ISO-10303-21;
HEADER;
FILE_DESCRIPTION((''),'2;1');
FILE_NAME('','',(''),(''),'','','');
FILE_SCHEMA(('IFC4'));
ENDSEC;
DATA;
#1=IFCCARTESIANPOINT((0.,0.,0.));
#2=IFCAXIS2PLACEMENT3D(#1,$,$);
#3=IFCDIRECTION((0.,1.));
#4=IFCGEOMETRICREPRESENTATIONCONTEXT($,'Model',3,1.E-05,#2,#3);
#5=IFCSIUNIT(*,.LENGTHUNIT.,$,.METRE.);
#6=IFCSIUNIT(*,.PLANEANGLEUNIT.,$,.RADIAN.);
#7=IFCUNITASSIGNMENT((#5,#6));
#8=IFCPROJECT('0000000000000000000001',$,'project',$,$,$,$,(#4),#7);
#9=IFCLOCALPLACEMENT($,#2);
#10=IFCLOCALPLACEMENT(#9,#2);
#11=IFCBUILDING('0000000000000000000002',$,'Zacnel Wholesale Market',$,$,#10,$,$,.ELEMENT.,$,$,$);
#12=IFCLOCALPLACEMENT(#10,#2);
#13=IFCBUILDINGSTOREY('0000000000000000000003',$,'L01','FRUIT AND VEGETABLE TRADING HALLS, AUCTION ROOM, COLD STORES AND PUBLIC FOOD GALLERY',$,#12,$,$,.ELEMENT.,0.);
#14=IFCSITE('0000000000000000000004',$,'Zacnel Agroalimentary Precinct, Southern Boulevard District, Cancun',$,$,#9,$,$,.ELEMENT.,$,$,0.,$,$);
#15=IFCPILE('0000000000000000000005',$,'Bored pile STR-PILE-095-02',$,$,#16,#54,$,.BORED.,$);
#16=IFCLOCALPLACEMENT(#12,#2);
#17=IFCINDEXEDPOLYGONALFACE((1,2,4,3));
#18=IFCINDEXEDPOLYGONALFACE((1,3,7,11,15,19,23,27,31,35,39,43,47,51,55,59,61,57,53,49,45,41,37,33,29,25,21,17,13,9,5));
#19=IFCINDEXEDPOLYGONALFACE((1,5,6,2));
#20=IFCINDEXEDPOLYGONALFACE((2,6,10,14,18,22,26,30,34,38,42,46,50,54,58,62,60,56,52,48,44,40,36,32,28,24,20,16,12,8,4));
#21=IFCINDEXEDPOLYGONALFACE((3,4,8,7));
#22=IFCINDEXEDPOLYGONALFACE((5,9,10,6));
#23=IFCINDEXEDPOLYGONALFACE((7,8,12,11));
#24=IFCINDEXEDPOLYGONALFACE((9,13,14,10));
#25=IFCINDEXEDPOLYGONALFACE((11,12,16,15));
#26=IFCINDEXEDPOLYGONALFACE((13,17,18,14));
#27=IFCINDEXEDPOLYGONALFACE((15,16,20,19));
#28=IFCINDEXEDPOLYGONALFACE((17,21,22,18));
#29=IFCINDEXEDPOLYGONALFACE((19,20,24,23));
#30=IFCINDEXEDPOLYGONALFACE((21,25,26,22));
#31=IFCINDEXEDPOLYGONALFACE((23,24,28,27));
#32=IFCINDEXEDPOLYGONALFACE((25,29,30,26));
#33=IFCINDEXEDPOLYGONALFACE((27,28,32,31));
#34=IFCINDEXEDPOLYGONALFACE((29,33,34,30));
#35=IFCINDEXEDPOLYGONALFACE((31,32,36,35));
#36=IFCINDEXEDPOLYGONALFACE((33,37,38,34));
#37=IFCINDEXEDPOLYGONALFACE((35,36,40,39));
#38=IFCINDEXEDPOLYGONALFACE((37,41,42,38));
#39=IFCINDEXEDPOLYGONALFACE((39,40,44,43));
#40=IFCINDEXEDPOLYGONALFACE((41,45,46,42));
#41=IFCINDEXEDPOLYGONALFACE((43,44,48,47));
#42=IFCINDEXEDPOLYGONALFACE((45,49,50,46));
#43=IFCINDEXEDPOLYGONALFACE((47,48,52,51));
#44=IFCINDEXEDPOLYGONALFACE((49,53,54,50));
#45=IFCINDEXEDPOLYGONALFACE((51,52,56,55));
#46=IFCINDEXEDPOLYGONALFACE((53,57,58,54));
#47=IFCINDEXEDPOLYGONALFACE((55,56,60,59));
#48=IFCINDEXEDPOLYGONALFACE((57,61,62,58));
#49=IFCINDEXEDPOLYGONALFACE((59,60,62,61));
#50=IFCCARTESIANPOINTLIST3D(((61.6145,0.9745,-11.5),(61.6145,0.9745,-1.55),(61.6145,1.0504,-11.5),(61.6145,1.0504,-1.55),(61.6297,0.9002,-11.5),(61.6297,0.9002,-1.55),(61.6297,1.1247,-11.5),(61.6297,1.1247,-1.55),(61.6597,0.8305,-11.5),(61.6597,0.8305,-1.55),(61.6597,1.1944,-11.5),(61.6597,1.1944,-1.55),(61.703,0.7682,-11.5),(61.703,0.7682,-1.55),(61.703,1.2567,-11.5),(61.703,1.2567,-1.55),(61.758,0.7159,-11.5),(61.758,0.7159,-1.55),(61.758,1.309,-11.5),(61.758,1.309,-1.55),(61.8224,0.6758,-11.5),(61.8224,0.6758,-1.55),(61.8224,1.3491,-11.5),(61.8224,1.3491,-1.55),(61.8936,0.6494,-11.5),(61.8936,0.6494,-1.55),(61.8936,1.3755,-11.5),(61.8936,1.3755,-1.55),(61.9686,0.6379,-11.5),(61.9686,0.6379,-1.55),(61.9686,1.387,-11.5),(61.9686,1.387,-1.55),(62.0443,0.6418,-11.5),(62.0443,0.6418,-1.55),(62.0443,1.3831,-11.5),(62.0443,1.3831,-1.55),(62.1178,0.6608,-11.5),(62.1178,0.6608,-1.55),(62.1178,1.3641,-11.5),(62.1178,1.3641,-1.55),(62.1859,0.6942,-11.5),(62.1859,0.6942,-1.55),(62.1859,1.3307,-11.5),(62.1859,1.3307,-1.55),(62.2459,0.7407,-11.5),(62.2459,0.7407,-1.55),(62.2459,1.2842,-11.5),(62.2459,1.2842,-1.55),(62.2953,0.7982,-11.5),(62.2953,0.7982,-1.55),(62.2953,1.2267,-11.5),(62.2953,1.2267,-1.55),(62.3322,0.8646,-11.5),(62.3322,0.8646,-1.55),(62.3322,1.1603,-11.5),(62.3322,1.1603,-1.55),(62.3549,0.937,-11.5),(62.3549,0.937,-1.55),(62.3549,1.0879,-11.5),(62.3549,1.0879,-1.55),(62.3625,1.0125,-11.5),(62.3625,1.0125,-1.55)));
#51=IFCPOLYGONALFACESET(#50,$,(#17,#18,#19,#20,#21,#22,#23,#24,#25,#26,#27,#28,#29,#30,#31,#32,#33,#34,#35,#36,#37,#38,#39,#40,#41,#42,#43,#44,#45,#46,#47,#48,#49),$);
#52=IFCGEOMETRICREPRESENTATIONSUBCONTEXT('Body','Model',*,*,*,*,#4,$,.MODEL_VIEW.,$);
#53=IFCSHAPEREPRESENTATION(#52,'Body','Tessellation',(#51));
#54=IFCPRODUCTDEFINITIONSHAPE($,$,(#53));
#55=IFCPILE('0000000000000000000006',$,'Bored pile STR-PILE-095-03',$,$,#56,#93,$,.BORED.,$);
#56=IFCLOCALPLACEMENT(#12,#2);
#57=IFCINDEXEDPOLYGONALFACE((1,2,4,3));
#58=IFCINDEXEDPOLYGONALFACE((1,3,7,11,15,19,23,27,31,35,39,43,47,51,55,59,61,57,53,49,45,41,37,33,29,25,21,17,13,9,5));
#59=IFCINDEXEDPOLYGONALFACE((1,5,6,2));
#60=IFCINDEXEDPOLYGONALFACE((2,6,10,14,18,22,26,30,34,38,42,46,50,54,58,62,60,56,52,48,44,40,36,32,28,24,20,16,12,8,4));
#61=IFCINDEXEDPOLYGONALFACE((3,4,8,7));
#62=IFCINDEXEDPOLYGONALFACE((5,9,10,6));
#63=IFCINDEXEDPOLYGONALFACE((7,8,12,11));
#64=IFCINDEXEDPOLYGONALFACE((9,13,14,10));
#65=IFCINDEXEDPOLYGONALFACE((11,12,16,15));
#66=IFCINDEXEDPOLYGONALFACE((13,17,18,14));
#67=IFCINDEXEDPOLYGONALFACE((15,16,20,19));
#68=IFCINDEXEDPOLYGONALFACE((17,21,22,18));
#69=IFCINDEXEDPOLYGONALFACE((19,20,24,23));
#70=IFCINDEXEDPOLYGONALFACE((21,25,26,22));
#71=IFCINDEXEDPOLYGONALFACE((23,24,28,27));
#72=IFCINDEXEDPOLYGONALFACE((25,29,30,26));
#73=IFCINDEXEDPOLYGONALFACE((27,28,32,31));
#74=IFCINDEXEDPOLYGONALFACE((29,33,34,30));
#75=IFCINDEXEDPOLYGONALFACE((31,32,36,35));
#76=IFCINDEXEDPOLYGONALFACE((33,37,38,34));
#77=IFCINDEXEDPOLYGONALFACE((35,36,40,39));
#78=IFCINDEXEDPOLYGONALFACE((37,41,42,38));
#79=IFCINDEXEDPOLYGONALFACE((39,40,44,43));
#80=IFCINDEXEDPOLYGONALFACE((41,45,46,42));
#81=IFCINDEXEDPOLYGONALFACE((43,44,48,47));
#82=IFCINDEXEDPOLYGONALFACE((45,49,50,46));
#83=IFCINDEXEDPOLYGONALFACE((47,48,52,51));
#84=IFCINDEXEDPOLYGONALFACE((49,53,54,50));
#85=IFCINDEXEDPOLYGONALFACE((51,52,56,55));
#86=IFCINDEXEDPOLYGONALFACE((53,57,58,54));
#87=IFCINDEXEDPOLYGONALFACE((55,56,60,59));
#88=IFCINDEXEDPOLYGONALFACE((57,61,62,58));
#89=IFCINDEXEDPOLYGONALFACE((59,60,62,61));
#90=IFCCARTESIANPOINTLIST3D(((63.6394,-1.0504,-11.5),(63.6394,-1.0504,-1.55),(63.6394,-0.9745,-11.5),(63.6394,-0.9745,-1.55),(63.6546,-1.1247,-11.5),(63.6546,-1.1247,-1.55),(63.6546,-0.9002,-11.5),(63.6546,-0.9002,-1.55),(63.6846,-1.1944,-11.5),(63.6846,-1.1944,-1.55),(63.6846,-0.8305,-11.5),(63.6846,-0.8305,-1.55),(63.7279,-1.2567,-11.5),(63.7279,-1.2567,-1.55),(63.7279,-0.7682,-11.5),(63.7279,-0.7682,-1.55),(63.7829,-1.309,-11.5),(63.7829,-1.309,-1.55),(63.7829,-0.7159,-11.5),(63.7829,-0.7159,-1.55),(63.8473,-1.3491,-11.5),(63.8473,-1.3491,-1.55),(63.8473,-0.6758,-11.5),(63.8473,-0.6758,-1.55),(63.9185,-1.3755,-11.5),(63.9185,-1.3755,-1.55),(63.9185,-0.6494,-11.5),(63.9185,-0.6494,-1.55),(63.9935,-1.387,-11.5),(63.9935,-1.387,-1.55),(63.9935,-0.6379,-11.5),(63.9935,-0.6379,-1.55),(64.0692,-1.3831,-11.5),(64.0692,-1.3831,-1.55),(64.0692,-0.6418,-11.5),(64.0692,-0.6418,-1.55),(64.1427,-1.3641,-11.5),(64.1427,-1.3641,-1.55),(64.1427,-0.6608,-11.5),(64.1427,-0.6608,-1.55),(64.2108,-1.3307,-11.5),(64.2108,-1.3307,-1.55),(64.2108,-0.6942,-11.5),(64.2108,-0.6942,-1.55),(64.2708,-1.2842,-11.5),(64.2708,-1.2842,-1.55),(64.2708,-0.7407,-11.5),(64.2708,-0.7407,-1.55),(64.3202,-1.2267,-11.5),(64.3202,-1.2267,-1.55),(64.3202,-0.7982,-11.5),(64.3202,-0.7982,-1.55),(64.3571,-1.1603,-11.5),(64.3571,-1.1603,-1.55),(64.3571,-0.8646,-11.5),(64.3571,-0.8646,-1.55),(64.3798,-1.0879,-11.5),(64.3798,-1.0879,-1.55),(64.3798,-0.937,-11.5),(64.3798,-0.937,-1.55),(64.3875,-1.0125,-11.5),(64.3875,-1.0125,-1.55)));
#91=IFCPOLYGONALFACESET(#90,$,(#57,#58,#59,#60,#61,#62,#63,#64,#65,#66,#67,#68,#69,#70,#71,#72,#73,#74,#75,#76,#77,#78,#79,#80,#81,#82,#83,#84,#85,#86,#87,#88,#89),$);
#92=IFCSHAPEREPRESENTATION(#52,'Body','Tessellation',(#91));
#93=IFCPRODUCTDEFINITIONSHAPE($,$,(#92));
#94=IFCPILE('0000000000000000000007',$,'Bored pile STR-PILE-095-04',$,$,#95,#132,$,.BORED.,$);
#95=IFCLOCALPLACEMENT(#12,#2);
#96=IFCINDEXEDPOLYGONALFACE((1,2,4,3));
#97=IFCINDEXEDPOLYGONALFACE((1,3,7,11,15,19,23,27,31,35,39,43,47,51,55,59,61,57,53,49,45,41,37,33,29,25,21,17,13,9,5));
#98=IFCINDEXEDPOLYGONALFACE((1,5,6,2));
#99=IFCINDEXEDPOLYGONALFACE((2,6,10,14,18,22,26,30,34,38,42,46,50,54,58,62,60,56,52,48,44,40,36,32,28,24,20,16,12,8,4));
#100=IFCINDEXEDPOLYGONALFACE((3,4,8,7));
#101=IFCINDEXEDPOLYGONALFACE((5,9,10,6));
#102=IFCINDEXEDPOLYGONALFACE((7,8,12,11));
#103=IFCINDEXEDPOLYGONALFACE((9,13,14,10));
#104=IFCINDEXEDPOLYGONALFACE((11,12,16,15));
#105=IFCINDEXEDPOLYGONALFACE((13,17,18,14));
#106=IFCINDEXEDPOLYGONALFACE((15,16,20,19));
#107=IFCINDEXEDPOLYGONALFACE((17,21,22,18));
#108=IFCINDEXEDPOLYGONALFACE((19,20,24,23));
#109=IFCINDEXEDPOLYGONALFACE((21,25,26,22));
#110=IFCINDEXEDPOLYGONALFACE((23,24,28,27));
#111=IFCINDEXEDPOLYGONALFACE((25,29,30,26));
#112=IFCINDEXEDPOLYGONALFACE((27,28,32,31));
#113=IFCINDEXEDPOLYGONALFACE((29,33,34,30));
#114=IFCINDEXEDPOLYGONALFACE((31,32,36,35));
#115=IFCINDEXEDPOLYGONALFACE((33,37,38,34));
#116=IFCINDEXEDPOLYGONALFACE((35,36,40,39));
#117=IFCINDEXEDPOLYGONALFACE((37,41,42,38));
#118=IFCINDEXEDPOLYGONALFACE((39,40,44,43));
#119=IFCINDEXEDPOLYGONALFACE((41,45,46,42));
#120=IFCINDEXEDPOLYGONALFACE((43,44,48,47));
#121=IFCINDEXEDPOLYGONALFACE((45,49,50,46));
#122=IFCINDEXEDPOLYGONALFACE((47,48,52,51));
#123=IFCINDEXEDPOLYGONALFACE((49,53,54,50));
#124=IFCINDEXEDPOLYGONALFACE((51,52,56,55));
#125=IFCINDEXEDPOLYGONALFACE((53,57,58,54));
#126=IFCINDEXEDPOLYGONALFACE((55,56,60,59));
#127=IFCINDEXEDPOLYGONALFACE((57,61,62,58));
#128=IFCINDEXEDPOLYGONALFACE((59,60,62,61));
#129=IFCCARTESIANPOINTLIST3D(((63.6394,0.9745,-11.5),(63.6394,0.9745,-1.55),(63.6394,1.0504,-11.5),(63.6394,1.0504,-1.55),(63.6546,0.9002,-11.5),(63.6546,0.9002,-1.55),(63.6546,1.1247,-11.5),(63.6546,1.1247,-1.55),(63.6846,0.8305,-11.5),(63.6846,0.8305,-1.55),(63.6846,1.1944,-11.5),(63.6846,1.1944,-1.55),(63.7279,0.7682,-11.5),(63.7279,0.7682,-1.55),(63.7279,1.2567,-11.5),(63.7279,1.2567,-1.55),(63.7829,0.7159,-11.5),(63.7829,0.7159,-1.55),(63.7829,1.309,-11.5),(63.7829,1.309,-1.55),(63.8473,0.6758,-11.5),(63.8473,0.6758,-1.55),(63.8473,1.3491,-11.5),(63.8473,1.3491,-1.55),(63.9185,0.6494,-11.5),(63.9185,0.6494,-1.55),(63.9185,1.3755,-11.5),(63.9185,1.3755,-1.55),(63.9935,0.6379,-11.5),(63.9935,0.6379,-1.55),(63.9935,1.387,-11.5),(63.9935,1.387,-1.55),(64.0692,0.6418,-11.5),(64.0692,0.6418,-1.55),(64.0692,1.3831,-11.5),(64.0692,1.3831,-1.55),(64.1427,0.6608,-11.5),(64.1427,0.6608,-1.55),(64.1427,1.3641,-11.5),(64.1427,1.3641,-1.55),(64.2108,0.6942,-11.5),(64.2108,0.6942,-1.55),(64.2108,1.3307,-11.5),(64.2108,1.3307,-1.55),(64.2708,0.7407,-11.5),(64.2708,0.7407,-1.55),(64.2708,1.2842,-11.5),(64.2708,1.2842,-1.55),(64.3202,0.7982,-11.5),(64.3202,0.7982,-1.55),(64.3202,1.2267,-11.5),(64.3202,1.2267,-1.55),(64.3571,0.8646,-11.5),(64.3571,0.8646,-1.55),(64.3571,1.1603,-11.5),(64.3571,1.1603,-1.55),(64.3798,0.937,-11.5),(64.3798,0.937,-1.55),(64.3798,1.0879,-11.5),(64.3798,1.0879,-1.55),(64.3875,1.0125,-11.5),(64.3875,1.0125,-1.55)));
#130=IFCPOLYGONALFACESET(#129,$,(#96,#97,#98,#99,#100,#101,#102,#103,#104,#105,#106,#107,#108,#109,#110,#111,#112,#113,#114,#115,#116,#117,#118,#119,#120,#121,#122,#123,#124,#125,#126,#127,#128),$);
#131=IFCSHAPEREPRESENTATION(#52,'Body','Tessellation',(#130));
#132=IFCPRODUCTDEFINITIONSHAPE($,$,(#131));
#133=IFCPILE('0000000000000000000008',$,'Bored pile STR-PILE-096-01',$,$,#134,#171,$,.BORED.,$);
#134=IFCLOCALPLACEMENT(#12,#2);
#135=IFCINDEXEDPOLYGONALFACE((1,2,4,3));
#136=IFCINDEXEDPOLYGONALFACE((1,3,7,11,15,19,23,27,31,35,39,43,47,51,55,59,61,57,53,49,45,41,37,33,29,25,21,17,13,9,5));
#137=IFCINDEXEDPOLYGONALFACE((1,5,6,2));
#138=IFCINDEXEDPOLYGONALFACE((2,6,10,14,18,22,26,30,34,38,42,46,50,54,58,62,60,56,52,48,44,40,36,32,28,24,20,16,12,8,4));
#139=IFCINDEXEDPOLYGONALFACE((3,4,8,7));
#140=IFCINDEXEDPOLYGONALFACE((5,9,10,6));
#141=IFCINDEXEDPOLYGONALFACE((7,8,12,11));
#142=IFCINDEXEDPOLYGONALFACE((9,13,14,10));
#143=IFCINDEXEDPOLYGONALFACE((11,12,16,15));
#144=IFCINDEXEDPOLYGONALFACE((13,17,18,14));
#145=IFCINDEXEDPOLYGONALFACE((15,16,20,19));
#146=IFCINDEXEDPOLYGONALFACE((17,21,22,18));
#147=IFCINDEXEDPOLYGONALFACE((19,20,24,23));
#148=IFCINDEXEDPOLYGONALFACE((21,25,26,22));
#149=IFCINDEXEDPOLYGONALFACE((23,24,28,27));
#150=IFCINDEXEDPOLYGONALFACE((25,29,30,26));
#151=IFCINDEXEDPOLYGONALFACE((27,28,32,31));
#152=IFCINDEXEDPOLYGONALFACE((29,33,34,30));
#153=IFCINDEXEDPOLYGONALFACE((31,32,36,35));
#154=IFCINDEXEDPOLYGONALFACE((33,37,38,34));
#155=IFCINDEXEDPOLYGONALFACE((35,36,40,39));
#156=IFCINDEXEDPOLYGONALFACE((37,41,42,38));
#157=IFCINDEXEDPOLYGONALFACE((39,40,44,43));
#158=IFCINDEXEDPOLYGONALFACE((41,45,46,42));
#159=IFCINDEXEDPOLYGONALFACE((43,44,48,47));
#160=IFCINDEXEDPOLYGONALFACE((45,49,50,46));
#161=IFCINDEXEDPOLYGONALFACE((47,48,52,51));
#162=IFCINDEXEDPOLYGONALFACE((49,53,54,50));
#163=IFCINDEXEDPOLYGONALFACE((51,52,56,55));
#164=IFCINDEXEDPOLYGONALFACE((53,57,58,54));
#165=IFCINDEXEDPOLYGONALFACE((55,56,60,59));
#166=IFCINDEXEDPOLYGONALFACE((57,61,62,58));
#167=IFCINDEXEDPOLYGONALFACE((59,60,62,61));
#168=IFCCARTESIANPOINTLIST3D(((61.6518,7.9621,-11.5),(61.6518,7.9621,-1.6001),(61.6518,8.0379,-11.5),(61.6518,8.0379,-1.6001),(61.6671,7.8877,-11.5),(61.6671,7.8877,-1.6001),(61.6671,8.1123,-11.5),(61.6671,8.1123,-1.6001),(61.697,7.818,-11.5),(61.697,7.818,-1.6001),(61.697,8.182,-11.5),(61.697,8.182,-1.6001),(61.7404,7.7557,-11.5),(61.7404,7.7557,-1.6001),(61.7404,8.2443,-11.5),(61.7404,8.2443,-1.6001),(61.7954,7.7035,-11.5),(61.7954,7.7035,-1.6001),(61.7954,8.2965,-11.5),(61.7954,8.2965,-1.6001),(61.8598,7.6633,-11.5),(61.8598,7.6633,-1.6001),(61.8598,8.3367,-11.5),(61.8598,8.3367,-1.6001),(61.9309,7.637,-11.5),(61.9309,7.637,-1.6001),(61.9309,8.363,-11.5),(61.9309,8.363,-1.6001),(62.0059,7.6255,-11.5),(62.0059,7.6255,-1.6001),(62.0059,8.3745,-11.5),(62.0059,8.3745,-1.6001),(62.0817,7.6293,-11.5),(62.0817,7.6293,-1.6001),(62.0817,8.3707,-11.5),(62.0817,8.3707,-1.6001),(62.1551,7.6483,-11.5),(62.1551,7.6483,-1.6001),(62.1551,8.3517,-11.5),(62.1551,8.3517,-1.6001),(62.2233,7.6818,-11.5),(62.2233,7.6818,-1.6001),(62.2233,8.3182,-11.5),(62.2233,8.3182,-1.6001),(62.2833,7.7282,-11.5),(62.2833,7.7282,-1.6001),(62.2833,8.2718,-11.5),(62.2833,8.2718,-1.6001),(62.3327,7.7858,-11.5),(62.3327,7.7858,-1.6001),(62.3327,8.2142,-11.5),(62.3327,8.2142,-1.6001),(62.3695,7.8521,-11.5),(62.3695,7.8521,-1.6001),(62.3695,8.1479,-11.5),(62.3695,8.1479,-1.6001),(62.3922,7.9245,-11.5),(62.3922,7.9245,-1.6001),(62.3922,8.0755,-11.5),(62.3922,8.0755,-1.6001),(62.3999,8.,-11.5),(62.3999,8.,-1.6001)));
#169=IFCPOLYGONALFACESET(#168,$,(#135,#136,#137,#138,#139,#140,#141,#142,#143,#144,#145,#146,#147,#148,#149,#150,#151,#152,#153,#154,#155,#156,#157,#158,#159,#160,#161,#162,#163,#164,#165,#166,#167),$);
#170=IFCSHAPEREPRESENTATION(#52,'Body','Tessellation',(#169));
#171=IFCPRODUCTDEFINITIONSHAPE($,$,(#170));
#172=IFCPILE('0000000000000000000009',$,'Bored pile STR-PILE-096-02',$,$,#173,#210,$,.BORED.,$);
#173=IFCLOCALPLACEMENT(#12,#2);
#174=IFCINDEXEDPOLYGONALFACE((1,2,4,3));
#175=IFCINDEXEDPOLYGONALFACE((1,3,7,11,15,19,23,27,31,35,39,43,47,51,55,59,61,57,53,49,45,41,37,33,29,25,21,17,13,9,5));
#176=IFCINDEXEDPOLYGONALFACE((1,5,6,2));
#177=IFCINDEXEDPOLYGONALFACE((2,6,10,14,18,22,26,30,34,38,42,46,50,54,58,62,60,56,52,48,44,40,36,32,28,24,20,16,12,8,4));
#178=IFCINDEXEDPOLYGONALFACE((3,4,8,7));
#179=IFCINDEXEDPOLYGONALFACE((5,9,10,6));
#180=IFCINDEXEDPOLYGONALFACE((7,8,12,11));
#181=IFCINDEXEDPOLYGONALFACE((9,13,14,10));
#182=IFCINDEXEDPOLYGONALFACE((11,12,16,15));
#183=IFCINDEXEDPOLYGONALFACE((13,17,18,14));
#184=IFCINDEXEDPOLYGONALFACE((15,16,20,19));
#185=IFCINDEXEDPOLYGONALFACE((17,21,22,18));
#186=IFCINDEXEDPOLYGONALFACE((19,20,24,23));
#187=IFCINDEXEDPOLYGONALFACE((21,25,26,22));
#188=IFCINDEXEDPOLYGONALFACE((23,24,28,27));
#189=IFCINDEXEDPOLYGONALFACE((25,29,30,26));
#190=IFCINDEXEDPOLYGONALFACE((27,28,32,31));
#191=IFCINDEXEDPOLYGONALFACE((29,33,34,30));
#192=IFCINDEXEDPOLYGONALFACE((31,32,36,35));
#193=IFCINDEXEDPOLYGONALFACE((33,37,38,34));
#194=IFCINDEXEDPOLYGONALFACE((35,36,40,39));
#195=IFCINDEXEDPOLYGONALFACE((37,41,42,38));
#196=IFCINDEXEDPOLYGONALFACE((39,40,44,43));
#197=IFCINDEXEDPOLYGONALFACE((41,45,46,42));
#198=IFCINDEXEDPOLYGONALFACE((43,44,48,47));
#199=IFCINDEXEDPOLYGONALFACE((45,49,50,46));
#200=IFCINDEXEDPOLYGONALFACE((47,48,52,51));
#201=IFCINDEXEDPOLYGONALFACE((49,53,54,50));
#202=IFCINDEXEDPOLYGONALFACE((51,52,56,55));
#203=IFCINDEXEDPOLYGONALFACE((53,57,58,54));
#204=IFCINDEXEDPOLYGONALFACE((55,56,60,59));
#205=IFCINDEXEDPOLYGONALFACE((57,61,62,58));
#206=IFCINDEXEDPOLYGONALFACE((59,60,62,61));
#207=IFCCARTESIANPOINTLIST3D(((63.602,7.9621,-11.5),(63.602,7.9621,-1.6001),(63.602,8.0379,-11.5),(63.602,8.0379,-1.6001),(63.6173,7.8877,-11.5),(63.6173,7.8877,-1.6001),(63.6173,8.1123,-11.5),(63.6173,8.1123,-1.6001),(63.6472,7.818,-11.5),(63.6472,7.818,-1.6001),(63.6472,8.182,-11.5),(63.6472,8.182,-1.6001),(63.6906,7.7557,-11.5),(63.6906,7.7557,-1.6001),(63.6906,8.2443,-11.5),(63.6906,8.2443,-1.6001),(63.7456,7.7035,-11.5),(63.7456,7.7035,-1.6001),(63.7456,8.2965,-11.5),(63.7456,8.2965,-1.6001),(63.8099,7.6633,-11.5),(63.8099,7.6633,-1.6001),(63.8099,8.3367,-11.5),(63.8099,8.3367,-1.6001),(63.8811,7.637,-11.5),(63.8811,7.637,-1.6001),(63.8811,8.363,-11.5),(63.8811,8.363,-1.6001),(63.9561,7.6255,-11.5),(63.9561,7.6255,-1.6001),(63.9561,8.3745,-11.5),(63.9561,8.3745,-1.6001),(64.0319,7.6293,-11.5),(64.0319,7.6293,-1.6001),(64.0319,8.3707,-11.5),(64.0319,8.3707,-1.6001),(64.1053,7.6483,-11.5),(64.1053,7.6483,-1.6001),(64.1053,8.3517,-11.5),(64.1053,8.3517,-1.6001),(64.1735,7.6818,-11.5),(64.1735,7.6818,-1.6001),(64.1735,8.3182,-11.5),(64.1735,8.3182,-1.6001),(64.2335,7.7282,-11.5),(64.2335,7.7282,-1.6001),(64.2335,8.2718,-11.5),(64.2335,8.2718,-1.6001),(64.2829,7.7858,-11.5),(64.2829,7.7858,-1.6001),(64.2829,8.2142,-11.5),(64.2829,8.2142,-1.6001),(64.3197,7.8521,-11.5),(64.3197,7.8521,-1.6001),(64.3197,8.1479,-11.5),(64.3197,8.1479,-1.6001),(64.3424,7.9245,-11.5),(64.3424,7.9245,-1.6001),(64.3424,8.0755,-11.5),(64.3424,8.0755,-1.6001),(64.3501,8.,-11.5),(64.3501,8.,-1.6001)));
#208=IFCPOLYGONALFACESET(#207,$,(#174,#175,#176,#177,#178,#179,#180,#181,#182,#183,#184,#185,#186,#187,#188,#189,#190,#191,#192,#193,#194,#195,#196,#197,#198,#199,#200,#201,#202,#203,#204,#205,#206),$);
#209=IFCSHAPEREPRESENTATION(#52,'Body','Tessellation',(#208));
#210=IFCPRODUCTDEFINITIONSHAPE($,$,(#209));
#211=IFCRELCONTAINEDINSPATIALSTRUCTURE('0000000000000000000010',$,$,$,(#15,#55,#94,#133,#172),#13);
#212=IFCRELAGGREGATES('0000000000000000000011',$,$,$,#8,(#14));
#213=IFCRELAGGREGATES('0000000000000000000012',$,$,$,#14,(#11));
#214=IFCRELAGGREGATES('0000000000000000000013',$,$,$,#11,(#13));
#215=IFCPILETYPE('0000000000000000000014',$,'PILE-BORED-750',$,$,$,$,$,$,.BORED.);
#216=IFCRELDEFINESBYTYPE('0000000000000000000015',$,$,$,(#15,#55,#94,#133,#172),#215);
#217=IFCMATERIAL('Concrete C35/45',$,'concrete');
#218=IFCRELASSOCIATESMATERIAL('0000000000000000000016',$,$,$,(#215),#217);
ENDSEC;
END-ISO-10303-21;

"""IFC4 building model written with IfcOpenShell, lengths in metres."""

from ifc_helpers import new_model, si_unit, direction, frame, origin, origin_2d, place, context, subcontext, project, spatial, circle, extrude, material, material_profile, profile_set, type_object, element, save


model = new_model("IFC4")

# Units and contexts
model_context = context("Model", 3, precision=1e-05, world=origin(), true_north=direction((0.0, 1.0)))
body_context = subcontext(model_context, "Body", "Model", "MODEL_VIEW")
ifc_project = project(units=[si_unit("LENGTHUNIT", "METRE"), si_unit("PLANEANGLEUNIT", "RADIAN")], contexts=[model_context])

# Site, building, storey
site_placement = place(None, origin())
site = spatial("IfcSite", under=ifc_project, at=site_placement, Name="Zacnel Agroalimentary Precinct, Southern Boulevard District, Cancun", CompositionType="ELEMENT", RefElevation=0.0)
building_placement = place(site_placement, origin())
building = spatial("IfcBuilding", under=site, at=building_placement, Name="Zacnel Wholesale Market", CompositionType="ELEMENT")
storey_placement = place(building_placement, origin())
storey = spatial("IfcBuildingStorey", under=building, at=storey_placement, Name="L01", Description="FRUIT AND VEGETABLE TRADING HALLS, AUCTION ROOM, COLD STORES AND PUBLIC FOOD GALLERY", CompositionType="ELEMENT", Elevation=0.0)

# Piles
ifc_material_1 = material(Name="Concrete C35/45", Category="concrete")
ifc_material_profile_1 = material_profile(ifc_material_1, circle(Radius=0.375, at=origin_2d()), Name="BORED PILE D750")
ifc_profile_set_1 = profile_set([ifc_material_profile_1], Name="Concrete C35/45")
pile_type = type_object("IfcPileType", Name="PILE-BORED-750", PredefinedType="BORED", material=ifc_profile_set_1)
for number, where, z_axis, x_axis, name in (
    (1, (61.9875, 1.0125, -1.55), (0.0, 0.0, -1.0), (1.0, 0.0, 0.0), "Bored pile STR-PILE-095-02"),
    (2, (64.0125, -1.0125, -1.55), (0.0, 0.0, -1.0), (1.0, 0.0, 0.0), "Bored pile STR-PILE-095-03"),
    (3, (64.0125, 1.0125, -1.55), (0.0, 0.0, -1.0), (1.0, 0.0, 0.0), "Bored pile STR-PILE-095-04"),
):
    element("IfcPile", number, at=place(storey_placement, frame(where, z_axis=z_axis, x_axis=x_axis)), inside=storey, type_object=pile_type, Name=name, PredefinedType="BORED", context=body_context, shape_type="SweptSolid", body=[
        extrude(circle(Radius=0.375, at=origin_2d()), origin(), (0.0, 0.0, 1.0), 9.95),
    ])
for number, where, z_axis, x_axis, name in (
    (4, (62.0249, 8.0, -1.6001), (0.0, 0.0, -1.0), (1.0, 0.0, 0.0), "Bored pile STR-PILE-096-01"),
    (5, (63.9751, 8.0, -1.6001), (0.0, 0.0, -1.0), (1.0, 0.0, 0.0), "Bored pile STR-PILE-096-02"),
):
    element("IfcPile", number, at=place(storey_placement, frame(where, z_axis=z_axis, x_axis=x_axis)), inside=storey, type_object=pile_type, Name=name, PredefinedType="BORED", context=body_context, shape_type="SweptSolid", body=[
        extrude(circle(Radius=0.375, at=origin_2d()), origin(), (0.0, 0.0, 1.0), 9.8999),
    ])

save(model, "model.ifc")
